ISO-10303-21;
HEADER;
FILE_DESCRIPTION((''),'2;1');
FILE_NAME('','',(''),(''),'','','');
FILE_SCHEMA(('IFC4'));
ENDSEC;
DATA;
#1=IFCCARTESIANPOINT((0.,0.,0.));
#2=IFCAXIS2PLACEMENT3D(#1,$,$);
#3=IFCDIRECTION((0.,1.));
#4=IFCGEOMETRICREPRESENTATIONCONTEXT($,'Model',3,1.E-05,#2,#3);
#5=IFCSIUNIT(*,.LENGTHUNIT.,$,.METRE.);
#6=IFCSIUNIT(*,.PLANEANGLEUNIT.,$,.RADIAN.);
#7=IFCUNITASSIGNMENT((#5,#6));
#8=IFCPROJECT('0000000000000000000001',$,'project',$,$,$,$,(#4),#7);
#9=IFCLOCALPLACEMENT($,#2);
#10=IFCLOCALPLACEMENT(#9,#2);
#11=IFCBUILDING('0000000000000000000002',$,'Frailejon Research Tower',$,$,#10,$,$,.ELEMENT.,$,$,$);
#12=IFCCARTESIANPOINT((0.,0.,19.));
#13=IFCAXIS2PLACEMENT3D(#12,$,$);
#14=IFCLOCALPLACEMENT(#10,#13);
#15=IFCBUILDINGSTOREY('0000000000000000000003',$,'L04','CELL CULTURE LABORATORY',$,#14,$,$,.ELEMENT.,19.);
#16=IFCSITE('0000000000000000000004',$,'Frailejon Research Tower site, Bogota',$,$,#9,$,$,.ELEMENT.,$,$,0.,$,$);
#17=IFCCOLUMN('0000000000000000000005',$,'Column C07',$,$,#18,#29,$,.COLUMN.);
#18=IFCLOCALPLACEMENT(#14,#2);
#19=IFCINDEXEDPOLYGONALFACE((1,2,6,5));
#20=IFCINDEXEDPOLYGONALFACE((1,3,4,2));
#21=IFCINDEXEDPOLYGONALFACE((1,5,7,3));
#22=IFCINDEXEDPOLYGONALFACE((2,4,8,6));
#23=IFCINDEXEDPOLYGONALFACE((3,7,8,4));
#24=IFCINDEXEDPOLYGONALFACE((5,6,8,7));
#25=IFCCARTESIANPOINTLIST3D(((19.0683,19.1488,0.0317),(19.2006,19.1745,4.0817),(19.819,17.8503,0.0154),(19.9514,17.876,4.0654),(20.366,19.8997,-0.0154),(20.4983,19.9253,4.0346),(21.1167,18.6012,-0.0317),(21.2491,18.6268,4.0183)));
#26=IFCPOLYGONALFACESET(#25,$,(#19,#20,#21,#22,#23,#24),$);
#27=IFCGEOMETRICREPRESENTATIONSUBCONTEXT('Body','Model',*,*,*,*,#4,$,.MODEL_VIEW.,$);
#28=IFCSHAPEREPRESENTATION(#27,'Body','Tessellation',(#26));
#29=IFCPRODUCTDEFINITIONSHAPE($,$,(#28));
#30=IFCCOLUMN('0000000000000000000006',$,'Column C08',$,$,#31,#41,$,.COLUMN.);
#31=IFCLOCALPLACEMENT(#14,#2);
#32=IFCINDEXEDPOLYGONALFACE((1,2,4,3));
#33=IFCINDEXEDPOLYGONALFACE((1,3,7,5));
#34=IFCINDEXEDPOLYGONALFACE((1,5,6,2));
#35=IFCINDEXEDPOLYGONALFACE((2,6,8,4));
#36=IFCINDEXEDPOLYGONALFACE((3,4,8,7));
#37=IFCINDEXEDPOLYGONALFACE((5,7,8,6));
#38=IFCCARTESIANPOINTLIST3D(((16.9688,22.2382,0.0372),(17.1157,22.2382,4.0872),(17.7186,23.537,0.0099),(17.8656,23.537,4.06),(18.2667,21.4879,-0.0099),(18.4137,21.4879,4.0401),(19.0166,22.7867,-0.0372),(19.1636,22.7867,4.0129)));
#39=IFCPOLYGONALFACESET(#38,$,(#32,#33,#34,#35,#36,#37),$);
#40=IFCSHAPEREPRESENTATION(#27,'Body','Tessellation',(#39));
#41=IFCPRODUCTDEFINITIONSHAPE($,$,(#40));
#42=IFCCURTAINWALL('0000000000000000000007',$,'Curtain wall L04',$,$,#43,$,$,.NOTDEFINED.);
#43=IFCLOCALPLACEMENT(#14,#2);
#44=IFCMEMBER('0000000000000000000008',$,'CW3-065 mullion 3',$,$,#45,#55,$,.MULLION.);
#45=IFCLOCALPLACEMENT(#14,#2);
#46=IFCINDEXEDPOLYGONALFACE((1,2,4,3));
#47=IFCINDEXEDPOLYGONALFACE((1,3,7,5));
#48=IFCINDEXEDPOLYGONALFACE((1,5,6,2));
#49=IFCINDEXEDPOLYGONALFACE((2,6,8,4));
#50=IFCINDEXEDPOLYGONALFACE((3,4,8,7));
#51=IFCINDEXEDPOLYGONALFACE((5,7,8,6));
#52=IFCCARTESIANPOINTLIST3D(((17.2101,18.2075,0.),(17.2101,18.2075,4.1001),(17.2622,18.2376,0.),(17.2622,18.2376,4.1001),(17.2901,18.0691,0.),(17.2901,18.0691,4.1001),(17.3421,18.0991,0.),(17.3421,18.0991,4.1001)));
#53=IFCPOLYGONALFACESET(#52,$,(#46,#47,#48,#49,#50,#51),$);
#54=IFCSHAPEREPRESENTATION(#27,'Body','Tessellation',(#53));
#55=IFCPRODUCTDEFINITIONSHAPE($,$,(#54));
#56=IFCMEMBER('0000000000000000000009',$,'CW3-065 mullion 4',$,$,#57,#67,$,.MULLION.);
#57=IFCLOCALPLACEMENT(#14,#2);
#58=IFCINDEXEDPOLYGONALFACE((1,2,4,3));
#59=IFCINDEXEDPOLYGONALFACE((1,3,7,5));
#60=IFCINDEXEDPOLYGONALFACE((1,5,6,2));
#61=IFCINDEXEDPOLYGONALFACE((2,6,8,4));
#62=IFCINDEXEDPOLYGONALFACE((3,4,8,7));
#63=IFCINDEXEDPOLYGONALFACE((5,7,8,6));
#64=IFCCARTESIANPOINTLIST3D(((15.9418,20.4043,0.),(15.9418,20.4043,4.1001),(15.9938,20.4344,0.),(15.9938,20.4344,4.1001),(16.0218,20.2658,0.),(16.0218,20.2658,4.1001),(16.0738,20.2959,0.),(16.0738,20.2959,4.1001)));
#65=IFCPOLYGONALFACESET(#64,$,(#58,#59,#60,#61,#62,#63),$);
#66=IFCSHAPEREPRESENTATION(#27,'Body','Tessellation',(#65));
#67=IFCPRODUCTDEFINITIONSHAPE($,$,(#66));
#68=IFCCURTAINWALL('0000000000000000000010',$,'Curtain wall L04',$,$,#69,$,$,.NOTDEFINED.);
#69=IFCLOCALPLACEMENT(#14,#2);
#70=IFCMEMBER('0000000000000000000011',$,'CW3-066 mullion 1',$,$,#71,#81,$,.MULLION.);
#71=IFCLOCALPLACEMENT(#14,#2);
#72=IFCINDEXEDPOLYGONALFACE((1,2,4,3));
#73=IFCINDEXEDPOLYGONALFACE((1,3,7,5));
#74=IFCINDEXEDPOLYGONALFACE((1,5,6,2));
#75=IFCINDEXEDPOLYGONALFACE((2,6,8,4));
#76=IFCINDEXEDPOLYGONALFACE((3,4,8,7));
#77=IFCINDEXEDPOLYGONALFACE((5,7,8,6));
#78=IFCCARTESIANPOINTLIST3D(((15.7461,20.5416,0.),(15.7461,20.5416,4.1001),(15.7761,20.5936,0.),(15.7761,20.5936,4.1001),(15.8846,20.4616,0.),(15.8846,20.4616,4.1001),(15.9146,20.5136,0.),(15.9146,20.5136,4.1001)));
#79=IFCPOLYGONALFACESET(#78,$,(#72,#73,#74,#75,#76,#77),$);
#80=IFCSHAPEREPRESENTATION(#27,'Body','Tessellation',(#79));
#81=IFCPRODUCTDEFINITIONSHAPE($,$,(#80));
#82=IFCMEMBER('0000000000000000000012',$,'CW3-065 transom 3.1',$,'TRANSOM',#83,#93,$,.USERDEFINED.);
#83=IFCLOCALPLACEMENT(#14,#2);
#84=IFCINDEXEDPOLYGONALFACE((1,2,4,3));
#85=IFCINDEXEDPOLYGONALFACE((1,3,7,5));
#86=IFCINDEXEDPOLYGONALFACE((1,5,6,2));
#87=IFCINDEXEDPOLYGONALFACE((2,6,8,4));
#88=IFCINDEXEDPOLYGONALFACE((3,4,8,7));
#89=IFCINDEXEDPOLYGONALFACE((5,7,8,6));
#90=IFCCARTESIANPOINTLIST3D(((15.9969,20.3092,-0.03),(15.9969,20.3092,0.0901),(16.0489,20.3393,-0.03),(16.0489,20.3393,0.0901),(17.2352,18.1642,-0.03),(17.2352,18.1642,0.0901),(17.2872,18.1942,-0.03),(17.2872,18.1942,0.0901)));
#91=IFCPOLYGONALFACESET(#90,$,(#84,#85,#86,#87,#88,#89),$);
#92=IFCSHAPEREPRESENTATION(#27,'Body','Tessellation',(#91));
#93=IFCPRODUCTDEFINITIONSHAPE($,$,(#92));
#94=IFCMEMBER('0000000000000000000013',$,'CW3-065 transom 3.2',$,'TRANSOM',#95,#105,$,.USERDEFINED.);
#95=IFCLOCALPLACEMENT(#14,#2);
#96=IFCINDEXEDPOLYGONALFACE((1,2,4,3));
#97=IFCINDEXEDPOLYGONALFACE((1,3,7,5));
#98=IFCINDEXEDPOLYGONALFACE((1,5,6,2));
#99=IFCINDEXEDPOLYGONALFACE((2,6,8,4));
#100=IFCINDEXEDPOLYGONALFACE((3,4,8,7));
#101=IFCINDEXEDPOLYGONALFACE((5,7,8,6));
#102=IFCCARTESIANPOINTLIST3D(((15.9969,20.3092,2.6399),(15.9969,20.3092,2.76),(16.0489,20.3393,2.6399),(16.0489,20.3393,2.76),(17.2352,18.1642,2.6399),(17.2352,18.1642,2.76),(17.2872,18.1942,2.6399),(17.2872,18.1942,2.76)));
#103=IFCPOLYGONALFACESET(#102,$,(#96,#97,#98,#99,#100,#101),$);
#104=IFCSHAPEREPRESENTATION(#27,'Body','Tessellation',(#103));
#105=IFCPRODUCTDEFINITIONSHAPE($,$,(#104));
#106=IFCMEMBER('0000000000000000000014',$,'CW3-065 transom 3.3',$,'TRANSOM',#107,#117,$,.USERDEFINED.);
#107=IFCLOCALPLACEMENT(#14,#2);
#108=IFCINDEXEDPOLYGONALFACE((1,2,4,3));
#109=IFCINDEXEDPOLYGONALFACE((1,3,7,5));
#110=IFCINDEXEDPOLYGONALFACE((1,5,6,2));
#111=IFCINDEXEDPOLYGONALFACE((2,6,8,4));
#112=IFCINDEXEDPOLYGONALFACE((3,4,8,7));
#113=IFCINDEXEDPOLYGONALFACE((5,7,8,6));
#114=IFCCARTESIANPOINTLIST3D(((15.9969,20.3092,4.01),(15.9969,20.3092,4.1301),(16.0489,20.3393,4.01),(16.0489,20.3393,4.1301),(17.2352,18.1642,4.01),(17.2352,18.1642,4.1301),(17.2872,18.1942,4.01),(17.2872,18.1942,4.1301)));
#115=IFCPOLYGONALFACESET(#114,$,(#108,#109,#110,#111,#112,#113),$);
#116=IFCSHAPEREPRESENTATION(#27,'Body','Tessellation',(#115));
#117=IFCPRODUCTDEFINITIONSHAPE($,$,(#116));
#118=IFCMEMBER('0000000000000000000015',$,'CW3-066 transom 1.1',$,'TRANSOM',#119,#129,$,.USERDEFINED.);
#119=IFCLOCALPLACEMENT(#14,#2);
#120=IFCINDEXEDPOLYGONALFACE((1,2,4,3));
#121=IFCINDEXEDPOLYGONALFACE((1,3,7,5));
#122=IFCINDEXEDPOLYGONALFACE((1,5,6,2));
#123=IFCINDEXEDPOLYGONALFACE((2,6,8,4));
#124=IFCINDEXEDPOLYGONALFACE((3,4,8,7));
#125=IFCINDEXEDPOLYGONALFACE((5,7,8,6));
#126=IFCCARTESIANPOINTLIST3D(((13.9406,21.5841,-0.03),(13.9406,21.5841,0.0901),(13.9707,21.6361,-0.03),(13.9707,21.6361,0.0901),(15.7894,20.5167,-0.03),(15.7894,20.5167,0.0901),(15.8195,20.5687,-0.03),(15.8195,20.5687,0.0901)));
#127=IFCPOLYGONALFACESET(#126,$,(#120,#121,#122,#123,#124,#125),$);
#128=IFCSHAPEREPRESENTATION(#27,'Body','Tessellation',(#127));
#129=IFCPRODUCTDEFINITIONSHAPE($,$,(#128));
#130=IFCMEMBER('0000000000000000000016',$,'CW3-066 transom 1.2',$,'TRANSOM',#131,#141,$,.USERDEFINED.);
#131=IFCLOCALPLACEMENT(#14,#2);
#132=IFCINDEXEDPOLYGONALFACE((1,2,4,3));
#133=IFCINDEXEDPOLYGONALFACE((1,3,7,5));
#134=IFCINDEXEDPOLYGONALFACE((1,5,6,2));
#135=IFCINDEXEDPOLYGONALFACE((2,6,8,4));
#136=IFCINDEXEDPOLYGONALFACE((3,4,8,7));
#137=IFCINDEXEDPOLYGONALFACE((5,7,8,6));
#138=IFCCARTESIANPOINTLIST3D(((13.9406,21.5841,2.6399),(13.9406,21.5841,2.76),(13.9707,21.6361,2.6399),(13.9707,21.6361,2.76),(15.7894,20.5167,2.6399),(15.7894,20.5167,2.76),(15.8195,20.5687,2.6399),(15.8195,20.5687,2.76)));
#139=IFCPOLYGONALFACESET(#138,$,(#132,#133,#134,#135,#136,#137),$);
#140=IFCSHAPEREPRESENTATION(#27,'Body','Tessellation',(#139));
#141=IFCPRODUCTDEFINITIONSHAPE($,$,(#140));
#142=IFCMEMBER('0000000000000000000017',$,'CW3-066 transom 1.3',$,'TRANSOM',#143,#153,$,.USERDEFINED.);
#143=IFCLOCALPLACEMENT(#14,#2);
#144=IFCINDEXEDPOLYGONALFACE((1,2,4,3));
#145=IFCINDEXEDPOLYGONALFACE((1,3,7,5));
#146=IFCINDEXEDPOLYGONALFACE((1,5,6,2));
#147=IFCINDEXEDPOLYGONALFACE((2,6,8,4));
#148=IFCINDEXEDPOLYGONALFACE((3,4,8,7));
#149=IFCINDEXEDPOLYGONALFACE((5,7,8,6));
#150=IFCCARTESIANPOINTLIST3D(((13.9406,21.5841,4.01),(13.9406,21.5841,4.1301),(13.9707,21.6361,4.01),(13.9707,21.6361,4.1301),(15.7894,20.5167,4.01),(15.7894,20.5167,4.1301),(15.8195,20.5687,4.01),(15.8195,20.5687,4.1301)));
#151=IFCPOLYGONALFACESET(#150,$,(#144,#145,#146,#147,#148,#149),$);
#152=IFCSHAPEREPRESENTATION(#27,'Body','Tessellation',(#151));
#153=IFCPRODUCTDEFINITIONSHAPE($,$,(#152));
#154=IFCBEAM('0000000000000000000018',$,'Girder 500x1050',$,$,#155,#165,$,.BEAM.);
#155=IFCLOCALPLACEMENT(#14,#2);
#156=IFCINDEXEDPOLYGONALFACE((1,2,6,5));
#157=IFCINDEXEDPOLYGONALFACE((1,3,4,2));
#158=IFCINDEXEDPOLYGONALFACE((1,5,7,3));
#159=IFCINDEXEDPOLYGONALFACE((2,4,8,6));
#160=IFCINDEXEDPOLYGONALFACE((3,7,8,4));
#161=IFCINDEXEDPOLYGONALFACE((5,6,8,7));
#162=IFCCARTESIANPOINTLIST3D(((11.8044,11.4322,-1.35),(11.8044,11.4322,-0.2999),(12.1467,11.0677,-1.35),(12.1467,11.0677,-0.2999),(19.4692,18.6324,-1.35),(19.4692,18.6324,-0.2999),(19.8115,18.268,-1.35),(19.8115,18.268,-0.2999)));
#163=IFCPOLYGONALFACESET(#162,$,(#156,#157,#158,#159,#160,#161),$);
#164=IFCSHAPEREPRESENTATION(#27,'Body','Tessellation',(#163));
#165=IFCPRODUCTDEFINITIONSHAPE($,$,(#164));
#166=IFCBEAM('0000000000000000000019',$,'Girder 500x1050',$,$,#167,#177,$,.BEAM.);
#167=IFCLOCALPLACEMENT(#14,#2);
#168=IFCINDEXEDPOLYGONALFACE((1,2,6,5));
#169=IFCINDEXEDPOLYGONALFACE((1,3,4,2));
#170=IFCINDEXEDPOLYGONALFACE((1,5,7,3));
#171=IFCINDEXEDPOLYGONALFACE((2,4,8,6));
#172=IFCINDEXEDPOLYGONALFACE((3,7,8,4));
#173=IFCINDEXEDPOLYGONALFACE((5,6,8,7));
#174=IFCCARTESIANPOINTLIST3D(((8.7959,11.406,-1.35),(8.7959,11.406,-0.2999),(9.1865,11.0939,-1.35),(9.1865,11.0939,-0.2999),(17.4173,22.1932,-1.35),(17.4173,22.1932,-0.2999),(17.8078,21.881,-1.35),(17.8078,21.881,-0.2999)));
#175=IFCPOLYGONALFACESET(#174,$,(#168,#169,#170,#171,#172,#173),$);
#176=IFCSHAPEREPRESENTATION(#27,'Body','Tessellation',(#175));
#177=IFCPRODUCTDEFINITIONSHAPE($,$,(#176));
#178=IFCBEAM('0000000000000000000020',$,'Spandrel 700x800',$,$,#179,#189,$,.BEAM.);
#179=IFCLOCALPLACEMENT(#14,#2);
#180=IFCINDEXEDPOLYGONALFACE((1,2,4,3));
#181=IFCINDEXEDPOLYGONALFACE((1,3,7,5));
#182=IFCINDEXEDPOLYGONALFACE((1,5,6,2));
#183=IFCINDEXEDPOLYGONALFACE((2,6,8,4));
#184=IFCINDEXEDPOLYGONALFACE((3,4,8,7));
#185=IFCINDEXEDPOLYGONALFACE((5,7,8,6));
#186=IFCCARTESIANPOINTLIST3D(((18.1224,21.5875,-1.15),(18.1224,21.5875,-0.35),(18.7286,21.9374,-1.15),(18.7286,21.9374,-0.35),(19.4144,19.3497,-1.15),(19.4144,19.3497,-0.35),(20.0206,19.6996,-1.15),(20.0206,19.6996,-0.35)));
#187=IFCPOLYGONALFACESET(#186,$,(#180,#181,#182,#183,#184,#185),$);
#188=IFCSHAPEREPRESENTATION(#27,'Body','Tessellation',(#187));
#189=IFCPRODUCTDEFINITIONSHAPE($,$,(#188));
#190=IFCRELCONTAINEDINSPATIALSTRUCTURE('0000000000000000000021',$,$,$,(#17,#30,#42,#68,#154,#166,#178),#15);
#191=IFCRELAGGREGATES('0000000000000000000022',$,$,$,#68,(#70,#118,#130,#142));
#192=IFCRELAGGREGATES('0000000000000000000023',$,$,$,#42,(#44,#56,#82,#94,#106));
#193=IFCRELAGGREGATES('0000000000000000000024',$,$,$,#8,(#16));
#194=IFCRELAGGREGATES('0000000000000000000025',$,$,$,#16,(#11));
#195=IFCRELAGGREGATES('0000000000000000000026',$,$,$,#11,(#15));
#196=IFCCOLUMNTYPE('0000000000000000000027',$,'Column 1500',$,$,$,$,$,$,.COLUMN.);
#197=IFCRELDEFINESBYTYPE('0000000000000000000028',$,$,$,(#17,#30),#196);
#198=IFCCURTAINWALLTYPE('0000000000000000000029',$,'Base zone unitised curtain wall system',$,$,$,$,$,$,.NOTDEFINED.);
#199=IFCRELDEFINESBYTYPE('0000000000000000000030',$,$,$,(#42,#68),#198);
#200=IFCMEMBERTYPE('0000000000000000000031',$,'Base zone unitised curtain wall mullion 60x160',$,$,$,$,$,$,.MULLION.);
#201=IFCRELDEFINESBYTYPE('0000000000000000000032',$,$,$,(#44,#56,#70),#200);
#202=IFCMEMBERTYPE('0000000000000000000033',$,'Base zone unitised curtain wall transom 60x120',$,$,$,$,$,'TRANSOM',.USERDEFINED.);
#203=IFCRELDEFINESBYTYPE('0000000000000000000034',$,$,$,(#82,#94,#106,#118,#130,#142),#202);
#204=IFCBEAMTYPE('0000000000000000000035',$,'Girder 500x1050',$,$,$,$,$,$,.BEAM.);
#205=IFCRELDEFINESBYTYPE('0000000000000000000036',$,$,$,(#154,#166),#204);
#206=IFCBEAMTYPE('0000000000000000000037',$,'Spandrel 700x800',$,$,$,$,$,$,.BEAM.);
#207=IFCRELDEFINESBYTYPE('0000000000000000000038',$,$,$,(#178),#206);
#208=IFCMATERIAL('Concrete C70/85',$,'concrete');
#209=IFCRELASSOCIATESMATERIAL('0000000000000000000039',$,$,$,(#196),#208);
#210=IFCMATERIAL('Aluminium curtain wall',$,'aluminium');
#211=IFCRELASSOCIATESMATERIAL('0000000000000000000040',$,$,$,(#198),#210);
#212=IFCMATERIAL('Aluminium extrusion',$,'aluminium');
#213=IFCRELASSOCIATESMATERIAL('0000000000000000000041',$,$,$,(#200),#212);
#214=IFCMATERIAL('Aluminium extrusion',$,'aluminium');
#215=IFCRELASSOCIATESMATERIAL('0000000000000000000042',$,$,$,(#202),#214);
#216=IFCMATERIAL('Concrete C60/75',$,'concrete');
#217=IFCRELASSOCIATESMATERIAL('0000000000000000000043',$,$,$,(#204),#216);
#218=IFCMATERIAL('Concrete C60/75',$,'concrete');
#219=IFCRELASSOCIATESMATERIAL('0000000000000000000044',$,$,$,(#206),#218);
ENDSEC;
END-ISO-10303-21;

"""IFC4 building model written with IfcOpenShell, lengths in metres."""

from ifc_helpers import new_model, si_unit, direction, frame, origin, origin_2d, place, context, subcontext, project, spatial, rectangle, extrude, material, material_profile, profile_set, type_object, element, aggregate, save


model = new_model("IFC4")

# Units and contexts
model_context = context("Model", 3, precision=1e-05, world=origin(), true_north=direction((0.0, 1.0)))
body_context = subcontext(model_context, "Body", "Model", "MODEL_VIEW")
ifc_project = project(units=[si_unit("LENGTHUNIT", "METRE"), si_unit("PLANEANGLEUNIT", "RADIAN")], contexts=[model_context])

# Site, building, storey
site_placement = place(None, origin())
site = spatial("IfcSite", under=ifc_project, at=site_placement, Name="Frailejon Research Tower site, Bogota", CompositionType="ELEMENT", RefElevation=0.0)
building_placement = place(site_placement, origin())
building = spatial("IfcBuilding", under=site, at=building_placement, Name="Frailejon Research Tower", CompositionType="ELEMENT")
storey_placement = place(building_placement, frame((0.0, 0.0, 19.0)))
storey = spatial("IfcBuildingStorey", under=building, at=storey_placement, Name="L04", Description="CELL CULTURE LABORATORY", CompositionType="ELEMENT", Elevation=19.0)

# Columns
ifc_material_1 = material(Name="Concrete C70/85", Category="concrete")
ifc_material_profile_1 = material_profile(ifc_material_1, rectangle(XDim=1.5, YDim=1.5, at=origin_2d()), Name="Column 1500")
ifc_profile_set_1 = profile_set([ifc_material_profile_1], Name="Concrete C70/85")
column_type = type_object("IfcColumnType", Name="Column 1500", PredefinedType="COLUMN", material=ifc_profile_set_1)
column_1_placement = place(storey_placement, frame((20.0925, 18.875, 0.0), z_axis=(0.032654, 0.006326, 0.999447), x_axis=(-0.500479, 0.865681, 0.010872)))
element("IfcColumn", 1, at=column_1_placement, inside=storey, type_object=column_type, Name="Column C07", PredefinedType="COLUMN", context=body_context, shape_type="SweptSolid", body=[
    extrude(rectangle(XDim=1.5, YDim=1.5, at=origin_2d()), origin(), (0.0, 0.0, 1.0), 4.0522),
])
column_2_placement = place(storey_placement, frame((17.9927, 22.5125, 0.0), z_axis=(0.036265, 0.0, 0.999342), x_axis=(-0.865314, 0.500246, 0.031401)))
element("IfcColumn", 2, at=column_2_placement, inside=storey, type_object=column_type, Name="Column C08", PredefinedType="COLUMN", context=body_context, shape_type="SweptSolid", body=[
    extrude(rectangle(XDim=1.5, YDim=1.5, at=origin_2d()), origin(), (0.0, 0.0, 1.0), 4.0527),
])

# Curtain wall, members
ifc_material_2 = material(Name="Aluminium curtain wall", Category="aluminium")
curtain_wall_type = type_object("IfcCurtainWallType", Name="Base zone unitised curtain wall system", PredefinedType="NOTDEFINED", material=ifc_material_2)
curtain_wall_1_placement = place(storey_placement, origin())
curtain_wall_1 = element("IfcCurtainWall", 3, at=curtain_wall_1_placement, inside=storey, type_object=curtain_wall_type, Name="Curtain wall L04", PredefinedType="NOTDEFINED")
ifc_material_3 = material(Name="Aluminium extrusion", Category="aluminium")
ifc_material_profile_2 = material_profile(ifc_material_3, rectangle(XDim=0.0601, YDim=0.1599, at=origin_2d()), Name="Base zone unitised curtain wall mullion 60x160")
ifc_profile_set_2 = profile_set([ifc_material_profile_2], Name="Aluminium extrusion")
member_type_1 = type_object("IfcMemberType", Name="Base zone unitised curtain wall mullion 60x160", PredefinedType="MULLION", material=ifc_profile_set_2)
member_1_placement = place(storey_placement, frame((17.2761, 18.1533, 0.0), z_axis=(0.0, 0.0, 1.0), x_axis=(-0.866028, -0.499996, 0.0)))
member_1 = element("IfcMember", 4, at=member_1_placement, type_object=member_type_1, Name="CW3-065 mullion 3", PredefinedType="MULLION", context=body_context, shape_type="SweptSolid", body=[
    extrude(rectangle(XDim=0.0601, YDim=0.1599, at=origin_2d()), origin(), (0.0, 0.0, 1.0), 4.1001),
])
member_2_placement = place(storey_placement, frame((16.0078, 20.3501, 0.0), z_axis=(0.0, 0.0, 1.0), x_axis=(-0.866028, -0.499996, 0.0)))
member_2 = element("IfcMember", 5, at=member_2_placement, type_object=member_type_1, Name="CW3-065 mullion 4", PredefinedType="MULLION", context=body_context, shape_type="SweptSolid", body=[
    extrude(rectangle(XDim=0.0601, YDim=0.1599, at=origin_2d()), origin(), (0.0, 0.0, 1.0), 4.1001),
])

# Curtain wall, member
curtain_wall_2_placement = place(storey_placement, origin())
curtain_wall_2 = element("IfcCurtainWall", 6, at=curtain_wall_2_placement, inside=storey, type_object=curtain_wall_type, Name="Curtain wall L04", PredefinedType="NOTDEFINED")
member_3_placement = place(storey_placement, frame((15.8303, 20.5276, 0.0), z_axis=(0.0, 0.0, 1.0), x_axis=(-0.499998, -0.866026, 0.0)))
member_3 = element("IfcMember", 7, at=member_3_placement, type_object=member_type_1, Name="CW3-066 mullion 1", PredefinedType="MULLION", context=body_context, shape_type="SweptSolid", body=[
    extrude(rectangle(XDim=0.0601, YDim=0.1599, at=origin_2d()), origin(), (0.0, 0.0, 1.0), 4.1001),
])

# Members
ifc_material_4 = material(Name="Aluminium extrusion", Category="aluminium")
ifc_material_profile_3 = material_profile(ifc_material_4, rectangle(XDim=0.0601, YDim=0.1201, at=origin_2d()), Name="Base zone unitised curtain wall transom 60x120")
ifc_profile_set_3 = profile_set([ifc_material_profile_3], Name="Aluminium extrusion")
member_type_2 = type_object("IfcMemberType", Name="Base zone unitised curtain wall transom 60x120", ElementType="TRANSOM", PredefinedType="USERDEFINED", material=ifc_profile_set_3)
member_4_placement = place(storey_placement, frame((17.2612, 18.1792, 0.03), z_axis=(-0.499956, 0.866051, 0.0), x_axis=(-0.866051, -0.499956, 0.0)))
member_4 = element("IfcMember", 8, at=member_4_placement, type_object=member_type_2, Name="CW3-065 transom 3.1", ObjectType="TRANSOM", PredefinedType="USERDEFINED", context=body_context, shape_type="SweptSolid", body=[
    extrude(rectangle(XDim=0.0601, YDim=0.1201, at=origin_2d()), origin(), (0.0, 0.0, 1.0), 2.4768),
])
member_5_placement = place(storey_placement, frame((17.2612, 18.1792, 2.7), z_axis=(-0.499956, 0.866051, 0.0), x_axis=(-0.866051, -0.499956, 0.0)))
member_5 = element("IfcMember", 9, at=member_5_placement, type_object=member_type_2, Name="CW3-065 transom 3.2", ObjectType="TRANSOM", PredefinedType="USERDEFINED", context=body_context, shape_type="SweptSolid", body=[
    extrude(rectangle(XDim=0.0601, YDim=0.1201, at=origin_2d()), origin(), (0.0, 0.0, 1.0), 2.4768),
])
member_6_placement = place(storey_placement, frame((17.2612, 18.1792, 4.0701), z_axis=(-0.499956, 0.866051, 0.0), x_axis=(-0.866051, -0.499956, 0.0)))
member_6 = element("IfcMember", 10, at=member_6_placement, type_object=member_type_2, Name="CW3-065 transom 3.3", ObjectType="TRANSOM", PredefinedType="USERDEFINED", context=body_context, shape_type="SweptSolid", body=[
    extrude(rectangle(XDim=0.0601, YDim=0.1201, at=origin_2d()), origin(), (0.0, 0.0, 1.0), 2.4768),
])
member_7_placement = place(storey_placement, frame((15.8044, 20.5427, 0.03), z_axis=(-0.866039, 0.499977, 0.0), x_axis=(-0.499977, -0.866039, 0.0)))
member_7 = element("IfcMember", 11, at=member_7_placement, type_object=member_type_2, Name="CW3-066 transom 1.1", ObjectType="TRANSOM", PredefinedType="USERDEFINED", context=body_context, shape_type="SweptSolid", body=[
    extrude(rectangle(XDim=0.0601, YDim=0.1201, at=origin_2d()), origin(), (0.0, 0.0, 1.0), 2.1348),
])
member_8_placement = place(storey_placement, frame((15.8044, 20.5427, 2.7), z_axis=(-0.866039, 0.499977, 0.0), x_axis=(-0.499977, -0.866039, 0.0)))
member_8 = element("IfcMember", 12, at=member_8_placement, type_object=member_type_2, Name="CW3-066 transom 1.2", ObjectType="TRANSOM", PredefinedType="USERDEFINED", context=body_context, shape_type="SweptSolid", body=[
    extrude(rectangle(XDim=0.0601, YDim=0.1201, at=origin_2d()), origin(), (0.0, 0.0, 1.0), 2.1348),
])
member_9_placement = place(storey_placement, frame((15.8044, 20.5427, 4.0701), z_axis=(-0.866039, 0.499977, 0.0), x_axis=(-0.499977, -0.866039, 0.0)))
member_9 = element("IfcMember", 13, at=member_9_placement, type_object=member_type_2, Name="CW3-066 transom 1.3", ObjectType="TRANSOM", PredefinedType="USERDEFINED", context=body_context, shape_type="SweptSolid", body=[
    extrude(rectangle(XDim=0.0601, YDim=0.1201, at=origin_2d()), origin(), (0.0, 0.0, 1.0), 2.1348),
])
aggregate(curtain_wall_2, [member_3, member_7, member_8, member_9])

# Beams
ifc_material_5 = material(Name="Concrete C60/75", Category="concrete")
ifc_material_profile_4 = material_profile(ifc_material_5, rectangle(XDim=0.5, YDim=1.05, at=origin_2d()), Name="Girder 500x1050")
ifc_profile_set_4 = profile_set([ifc_material_profile_4], Name="Concrete C60/75")
beam_type_1 = type_object("IfcBeamType", Name="Girder 500x1050", PredefinedType="BEAM", material=ifc_profile_set_4)
beam_1_placement = place(storey_placement, frame((19.6404, 18.4502, -0.825), z_axis=(-0.728851, -0.684672, 0.0), x_axis=(0.684672, -0.728851, 0.0)))
element("IfcBeam", 14, at=beam_1_placement, inside=storey, type_object=beam_type_1, Name="Girder 500x1050", PredefinedType="BEAM", context=body_context, shape_type="SweptSolid", body=[
    extrude(rectangle(XDim=0.5, YDim=1.05, at=origin_2d()), origin(), (0.0, 0.0, 1.0), 10.5164),
])
beam_2_placement = place(storey_placement, frame((17.6125, 22.0371, -0.825), z_axis=(-0.624326, -0.781164, 0.0), x_axis=(0.781164, -0.624326, 0.0)))
element("IfcBeam", 15, at=beam_2_placement, inside=storey, type_object=beam_type_1, Name="Girder 500x1050", PredefinedType="BEAM", context=body_context, shape_type="SweptSolid", body=[
    extrude(rectangle(XDim=0.5, YDim=1.05, at=origin_2d()), origin(), (0.0, 0.0, 1.0), 13.8091),
])
ifc_material_6 = material(Name="Concrete C60/75", Category="concrete")
ifc_material_profile_5 = material_profile(ifc_material_6, rectangle(XDim=0.7, YDim=0.8, at=origin_2d()), Name="Spandrel 700x800")
ifc_profile_set_5 = profile_set([ifc_material_profile_5], Name="Concrete C60/75")
beam_type_2 = type_object("IfcBeamType", Name="Spandrel 700x800", PredefinedType="BEAM", material=ifc_profile_set_5)
beam_3_placement = place(storey_placement, frame((19.7175, 19.5247, -0.75), z_axis=(-0.500001, 0.866025, 0.0), x_axis=(-0.866025, -0.500001, 0.0)))
element("IfcBeam", 16, at=beam_3_placement, inside=storey, type_object=beam_type_2, Name="Spandrel 700x800", PredefinedType="BEAM", context=body_context, shape_type="SweptSolid", body=[
    extrude(rectangle(XDim=0.7, YDim=0.8, at=origin_2d()), origin(), (0.0, 0.0, 1.0), 2.584),
])

aggregate(curtain_wall_1, [member_1, member_2, member_4, member_5, member_6])

save(model, "model.ifc")
